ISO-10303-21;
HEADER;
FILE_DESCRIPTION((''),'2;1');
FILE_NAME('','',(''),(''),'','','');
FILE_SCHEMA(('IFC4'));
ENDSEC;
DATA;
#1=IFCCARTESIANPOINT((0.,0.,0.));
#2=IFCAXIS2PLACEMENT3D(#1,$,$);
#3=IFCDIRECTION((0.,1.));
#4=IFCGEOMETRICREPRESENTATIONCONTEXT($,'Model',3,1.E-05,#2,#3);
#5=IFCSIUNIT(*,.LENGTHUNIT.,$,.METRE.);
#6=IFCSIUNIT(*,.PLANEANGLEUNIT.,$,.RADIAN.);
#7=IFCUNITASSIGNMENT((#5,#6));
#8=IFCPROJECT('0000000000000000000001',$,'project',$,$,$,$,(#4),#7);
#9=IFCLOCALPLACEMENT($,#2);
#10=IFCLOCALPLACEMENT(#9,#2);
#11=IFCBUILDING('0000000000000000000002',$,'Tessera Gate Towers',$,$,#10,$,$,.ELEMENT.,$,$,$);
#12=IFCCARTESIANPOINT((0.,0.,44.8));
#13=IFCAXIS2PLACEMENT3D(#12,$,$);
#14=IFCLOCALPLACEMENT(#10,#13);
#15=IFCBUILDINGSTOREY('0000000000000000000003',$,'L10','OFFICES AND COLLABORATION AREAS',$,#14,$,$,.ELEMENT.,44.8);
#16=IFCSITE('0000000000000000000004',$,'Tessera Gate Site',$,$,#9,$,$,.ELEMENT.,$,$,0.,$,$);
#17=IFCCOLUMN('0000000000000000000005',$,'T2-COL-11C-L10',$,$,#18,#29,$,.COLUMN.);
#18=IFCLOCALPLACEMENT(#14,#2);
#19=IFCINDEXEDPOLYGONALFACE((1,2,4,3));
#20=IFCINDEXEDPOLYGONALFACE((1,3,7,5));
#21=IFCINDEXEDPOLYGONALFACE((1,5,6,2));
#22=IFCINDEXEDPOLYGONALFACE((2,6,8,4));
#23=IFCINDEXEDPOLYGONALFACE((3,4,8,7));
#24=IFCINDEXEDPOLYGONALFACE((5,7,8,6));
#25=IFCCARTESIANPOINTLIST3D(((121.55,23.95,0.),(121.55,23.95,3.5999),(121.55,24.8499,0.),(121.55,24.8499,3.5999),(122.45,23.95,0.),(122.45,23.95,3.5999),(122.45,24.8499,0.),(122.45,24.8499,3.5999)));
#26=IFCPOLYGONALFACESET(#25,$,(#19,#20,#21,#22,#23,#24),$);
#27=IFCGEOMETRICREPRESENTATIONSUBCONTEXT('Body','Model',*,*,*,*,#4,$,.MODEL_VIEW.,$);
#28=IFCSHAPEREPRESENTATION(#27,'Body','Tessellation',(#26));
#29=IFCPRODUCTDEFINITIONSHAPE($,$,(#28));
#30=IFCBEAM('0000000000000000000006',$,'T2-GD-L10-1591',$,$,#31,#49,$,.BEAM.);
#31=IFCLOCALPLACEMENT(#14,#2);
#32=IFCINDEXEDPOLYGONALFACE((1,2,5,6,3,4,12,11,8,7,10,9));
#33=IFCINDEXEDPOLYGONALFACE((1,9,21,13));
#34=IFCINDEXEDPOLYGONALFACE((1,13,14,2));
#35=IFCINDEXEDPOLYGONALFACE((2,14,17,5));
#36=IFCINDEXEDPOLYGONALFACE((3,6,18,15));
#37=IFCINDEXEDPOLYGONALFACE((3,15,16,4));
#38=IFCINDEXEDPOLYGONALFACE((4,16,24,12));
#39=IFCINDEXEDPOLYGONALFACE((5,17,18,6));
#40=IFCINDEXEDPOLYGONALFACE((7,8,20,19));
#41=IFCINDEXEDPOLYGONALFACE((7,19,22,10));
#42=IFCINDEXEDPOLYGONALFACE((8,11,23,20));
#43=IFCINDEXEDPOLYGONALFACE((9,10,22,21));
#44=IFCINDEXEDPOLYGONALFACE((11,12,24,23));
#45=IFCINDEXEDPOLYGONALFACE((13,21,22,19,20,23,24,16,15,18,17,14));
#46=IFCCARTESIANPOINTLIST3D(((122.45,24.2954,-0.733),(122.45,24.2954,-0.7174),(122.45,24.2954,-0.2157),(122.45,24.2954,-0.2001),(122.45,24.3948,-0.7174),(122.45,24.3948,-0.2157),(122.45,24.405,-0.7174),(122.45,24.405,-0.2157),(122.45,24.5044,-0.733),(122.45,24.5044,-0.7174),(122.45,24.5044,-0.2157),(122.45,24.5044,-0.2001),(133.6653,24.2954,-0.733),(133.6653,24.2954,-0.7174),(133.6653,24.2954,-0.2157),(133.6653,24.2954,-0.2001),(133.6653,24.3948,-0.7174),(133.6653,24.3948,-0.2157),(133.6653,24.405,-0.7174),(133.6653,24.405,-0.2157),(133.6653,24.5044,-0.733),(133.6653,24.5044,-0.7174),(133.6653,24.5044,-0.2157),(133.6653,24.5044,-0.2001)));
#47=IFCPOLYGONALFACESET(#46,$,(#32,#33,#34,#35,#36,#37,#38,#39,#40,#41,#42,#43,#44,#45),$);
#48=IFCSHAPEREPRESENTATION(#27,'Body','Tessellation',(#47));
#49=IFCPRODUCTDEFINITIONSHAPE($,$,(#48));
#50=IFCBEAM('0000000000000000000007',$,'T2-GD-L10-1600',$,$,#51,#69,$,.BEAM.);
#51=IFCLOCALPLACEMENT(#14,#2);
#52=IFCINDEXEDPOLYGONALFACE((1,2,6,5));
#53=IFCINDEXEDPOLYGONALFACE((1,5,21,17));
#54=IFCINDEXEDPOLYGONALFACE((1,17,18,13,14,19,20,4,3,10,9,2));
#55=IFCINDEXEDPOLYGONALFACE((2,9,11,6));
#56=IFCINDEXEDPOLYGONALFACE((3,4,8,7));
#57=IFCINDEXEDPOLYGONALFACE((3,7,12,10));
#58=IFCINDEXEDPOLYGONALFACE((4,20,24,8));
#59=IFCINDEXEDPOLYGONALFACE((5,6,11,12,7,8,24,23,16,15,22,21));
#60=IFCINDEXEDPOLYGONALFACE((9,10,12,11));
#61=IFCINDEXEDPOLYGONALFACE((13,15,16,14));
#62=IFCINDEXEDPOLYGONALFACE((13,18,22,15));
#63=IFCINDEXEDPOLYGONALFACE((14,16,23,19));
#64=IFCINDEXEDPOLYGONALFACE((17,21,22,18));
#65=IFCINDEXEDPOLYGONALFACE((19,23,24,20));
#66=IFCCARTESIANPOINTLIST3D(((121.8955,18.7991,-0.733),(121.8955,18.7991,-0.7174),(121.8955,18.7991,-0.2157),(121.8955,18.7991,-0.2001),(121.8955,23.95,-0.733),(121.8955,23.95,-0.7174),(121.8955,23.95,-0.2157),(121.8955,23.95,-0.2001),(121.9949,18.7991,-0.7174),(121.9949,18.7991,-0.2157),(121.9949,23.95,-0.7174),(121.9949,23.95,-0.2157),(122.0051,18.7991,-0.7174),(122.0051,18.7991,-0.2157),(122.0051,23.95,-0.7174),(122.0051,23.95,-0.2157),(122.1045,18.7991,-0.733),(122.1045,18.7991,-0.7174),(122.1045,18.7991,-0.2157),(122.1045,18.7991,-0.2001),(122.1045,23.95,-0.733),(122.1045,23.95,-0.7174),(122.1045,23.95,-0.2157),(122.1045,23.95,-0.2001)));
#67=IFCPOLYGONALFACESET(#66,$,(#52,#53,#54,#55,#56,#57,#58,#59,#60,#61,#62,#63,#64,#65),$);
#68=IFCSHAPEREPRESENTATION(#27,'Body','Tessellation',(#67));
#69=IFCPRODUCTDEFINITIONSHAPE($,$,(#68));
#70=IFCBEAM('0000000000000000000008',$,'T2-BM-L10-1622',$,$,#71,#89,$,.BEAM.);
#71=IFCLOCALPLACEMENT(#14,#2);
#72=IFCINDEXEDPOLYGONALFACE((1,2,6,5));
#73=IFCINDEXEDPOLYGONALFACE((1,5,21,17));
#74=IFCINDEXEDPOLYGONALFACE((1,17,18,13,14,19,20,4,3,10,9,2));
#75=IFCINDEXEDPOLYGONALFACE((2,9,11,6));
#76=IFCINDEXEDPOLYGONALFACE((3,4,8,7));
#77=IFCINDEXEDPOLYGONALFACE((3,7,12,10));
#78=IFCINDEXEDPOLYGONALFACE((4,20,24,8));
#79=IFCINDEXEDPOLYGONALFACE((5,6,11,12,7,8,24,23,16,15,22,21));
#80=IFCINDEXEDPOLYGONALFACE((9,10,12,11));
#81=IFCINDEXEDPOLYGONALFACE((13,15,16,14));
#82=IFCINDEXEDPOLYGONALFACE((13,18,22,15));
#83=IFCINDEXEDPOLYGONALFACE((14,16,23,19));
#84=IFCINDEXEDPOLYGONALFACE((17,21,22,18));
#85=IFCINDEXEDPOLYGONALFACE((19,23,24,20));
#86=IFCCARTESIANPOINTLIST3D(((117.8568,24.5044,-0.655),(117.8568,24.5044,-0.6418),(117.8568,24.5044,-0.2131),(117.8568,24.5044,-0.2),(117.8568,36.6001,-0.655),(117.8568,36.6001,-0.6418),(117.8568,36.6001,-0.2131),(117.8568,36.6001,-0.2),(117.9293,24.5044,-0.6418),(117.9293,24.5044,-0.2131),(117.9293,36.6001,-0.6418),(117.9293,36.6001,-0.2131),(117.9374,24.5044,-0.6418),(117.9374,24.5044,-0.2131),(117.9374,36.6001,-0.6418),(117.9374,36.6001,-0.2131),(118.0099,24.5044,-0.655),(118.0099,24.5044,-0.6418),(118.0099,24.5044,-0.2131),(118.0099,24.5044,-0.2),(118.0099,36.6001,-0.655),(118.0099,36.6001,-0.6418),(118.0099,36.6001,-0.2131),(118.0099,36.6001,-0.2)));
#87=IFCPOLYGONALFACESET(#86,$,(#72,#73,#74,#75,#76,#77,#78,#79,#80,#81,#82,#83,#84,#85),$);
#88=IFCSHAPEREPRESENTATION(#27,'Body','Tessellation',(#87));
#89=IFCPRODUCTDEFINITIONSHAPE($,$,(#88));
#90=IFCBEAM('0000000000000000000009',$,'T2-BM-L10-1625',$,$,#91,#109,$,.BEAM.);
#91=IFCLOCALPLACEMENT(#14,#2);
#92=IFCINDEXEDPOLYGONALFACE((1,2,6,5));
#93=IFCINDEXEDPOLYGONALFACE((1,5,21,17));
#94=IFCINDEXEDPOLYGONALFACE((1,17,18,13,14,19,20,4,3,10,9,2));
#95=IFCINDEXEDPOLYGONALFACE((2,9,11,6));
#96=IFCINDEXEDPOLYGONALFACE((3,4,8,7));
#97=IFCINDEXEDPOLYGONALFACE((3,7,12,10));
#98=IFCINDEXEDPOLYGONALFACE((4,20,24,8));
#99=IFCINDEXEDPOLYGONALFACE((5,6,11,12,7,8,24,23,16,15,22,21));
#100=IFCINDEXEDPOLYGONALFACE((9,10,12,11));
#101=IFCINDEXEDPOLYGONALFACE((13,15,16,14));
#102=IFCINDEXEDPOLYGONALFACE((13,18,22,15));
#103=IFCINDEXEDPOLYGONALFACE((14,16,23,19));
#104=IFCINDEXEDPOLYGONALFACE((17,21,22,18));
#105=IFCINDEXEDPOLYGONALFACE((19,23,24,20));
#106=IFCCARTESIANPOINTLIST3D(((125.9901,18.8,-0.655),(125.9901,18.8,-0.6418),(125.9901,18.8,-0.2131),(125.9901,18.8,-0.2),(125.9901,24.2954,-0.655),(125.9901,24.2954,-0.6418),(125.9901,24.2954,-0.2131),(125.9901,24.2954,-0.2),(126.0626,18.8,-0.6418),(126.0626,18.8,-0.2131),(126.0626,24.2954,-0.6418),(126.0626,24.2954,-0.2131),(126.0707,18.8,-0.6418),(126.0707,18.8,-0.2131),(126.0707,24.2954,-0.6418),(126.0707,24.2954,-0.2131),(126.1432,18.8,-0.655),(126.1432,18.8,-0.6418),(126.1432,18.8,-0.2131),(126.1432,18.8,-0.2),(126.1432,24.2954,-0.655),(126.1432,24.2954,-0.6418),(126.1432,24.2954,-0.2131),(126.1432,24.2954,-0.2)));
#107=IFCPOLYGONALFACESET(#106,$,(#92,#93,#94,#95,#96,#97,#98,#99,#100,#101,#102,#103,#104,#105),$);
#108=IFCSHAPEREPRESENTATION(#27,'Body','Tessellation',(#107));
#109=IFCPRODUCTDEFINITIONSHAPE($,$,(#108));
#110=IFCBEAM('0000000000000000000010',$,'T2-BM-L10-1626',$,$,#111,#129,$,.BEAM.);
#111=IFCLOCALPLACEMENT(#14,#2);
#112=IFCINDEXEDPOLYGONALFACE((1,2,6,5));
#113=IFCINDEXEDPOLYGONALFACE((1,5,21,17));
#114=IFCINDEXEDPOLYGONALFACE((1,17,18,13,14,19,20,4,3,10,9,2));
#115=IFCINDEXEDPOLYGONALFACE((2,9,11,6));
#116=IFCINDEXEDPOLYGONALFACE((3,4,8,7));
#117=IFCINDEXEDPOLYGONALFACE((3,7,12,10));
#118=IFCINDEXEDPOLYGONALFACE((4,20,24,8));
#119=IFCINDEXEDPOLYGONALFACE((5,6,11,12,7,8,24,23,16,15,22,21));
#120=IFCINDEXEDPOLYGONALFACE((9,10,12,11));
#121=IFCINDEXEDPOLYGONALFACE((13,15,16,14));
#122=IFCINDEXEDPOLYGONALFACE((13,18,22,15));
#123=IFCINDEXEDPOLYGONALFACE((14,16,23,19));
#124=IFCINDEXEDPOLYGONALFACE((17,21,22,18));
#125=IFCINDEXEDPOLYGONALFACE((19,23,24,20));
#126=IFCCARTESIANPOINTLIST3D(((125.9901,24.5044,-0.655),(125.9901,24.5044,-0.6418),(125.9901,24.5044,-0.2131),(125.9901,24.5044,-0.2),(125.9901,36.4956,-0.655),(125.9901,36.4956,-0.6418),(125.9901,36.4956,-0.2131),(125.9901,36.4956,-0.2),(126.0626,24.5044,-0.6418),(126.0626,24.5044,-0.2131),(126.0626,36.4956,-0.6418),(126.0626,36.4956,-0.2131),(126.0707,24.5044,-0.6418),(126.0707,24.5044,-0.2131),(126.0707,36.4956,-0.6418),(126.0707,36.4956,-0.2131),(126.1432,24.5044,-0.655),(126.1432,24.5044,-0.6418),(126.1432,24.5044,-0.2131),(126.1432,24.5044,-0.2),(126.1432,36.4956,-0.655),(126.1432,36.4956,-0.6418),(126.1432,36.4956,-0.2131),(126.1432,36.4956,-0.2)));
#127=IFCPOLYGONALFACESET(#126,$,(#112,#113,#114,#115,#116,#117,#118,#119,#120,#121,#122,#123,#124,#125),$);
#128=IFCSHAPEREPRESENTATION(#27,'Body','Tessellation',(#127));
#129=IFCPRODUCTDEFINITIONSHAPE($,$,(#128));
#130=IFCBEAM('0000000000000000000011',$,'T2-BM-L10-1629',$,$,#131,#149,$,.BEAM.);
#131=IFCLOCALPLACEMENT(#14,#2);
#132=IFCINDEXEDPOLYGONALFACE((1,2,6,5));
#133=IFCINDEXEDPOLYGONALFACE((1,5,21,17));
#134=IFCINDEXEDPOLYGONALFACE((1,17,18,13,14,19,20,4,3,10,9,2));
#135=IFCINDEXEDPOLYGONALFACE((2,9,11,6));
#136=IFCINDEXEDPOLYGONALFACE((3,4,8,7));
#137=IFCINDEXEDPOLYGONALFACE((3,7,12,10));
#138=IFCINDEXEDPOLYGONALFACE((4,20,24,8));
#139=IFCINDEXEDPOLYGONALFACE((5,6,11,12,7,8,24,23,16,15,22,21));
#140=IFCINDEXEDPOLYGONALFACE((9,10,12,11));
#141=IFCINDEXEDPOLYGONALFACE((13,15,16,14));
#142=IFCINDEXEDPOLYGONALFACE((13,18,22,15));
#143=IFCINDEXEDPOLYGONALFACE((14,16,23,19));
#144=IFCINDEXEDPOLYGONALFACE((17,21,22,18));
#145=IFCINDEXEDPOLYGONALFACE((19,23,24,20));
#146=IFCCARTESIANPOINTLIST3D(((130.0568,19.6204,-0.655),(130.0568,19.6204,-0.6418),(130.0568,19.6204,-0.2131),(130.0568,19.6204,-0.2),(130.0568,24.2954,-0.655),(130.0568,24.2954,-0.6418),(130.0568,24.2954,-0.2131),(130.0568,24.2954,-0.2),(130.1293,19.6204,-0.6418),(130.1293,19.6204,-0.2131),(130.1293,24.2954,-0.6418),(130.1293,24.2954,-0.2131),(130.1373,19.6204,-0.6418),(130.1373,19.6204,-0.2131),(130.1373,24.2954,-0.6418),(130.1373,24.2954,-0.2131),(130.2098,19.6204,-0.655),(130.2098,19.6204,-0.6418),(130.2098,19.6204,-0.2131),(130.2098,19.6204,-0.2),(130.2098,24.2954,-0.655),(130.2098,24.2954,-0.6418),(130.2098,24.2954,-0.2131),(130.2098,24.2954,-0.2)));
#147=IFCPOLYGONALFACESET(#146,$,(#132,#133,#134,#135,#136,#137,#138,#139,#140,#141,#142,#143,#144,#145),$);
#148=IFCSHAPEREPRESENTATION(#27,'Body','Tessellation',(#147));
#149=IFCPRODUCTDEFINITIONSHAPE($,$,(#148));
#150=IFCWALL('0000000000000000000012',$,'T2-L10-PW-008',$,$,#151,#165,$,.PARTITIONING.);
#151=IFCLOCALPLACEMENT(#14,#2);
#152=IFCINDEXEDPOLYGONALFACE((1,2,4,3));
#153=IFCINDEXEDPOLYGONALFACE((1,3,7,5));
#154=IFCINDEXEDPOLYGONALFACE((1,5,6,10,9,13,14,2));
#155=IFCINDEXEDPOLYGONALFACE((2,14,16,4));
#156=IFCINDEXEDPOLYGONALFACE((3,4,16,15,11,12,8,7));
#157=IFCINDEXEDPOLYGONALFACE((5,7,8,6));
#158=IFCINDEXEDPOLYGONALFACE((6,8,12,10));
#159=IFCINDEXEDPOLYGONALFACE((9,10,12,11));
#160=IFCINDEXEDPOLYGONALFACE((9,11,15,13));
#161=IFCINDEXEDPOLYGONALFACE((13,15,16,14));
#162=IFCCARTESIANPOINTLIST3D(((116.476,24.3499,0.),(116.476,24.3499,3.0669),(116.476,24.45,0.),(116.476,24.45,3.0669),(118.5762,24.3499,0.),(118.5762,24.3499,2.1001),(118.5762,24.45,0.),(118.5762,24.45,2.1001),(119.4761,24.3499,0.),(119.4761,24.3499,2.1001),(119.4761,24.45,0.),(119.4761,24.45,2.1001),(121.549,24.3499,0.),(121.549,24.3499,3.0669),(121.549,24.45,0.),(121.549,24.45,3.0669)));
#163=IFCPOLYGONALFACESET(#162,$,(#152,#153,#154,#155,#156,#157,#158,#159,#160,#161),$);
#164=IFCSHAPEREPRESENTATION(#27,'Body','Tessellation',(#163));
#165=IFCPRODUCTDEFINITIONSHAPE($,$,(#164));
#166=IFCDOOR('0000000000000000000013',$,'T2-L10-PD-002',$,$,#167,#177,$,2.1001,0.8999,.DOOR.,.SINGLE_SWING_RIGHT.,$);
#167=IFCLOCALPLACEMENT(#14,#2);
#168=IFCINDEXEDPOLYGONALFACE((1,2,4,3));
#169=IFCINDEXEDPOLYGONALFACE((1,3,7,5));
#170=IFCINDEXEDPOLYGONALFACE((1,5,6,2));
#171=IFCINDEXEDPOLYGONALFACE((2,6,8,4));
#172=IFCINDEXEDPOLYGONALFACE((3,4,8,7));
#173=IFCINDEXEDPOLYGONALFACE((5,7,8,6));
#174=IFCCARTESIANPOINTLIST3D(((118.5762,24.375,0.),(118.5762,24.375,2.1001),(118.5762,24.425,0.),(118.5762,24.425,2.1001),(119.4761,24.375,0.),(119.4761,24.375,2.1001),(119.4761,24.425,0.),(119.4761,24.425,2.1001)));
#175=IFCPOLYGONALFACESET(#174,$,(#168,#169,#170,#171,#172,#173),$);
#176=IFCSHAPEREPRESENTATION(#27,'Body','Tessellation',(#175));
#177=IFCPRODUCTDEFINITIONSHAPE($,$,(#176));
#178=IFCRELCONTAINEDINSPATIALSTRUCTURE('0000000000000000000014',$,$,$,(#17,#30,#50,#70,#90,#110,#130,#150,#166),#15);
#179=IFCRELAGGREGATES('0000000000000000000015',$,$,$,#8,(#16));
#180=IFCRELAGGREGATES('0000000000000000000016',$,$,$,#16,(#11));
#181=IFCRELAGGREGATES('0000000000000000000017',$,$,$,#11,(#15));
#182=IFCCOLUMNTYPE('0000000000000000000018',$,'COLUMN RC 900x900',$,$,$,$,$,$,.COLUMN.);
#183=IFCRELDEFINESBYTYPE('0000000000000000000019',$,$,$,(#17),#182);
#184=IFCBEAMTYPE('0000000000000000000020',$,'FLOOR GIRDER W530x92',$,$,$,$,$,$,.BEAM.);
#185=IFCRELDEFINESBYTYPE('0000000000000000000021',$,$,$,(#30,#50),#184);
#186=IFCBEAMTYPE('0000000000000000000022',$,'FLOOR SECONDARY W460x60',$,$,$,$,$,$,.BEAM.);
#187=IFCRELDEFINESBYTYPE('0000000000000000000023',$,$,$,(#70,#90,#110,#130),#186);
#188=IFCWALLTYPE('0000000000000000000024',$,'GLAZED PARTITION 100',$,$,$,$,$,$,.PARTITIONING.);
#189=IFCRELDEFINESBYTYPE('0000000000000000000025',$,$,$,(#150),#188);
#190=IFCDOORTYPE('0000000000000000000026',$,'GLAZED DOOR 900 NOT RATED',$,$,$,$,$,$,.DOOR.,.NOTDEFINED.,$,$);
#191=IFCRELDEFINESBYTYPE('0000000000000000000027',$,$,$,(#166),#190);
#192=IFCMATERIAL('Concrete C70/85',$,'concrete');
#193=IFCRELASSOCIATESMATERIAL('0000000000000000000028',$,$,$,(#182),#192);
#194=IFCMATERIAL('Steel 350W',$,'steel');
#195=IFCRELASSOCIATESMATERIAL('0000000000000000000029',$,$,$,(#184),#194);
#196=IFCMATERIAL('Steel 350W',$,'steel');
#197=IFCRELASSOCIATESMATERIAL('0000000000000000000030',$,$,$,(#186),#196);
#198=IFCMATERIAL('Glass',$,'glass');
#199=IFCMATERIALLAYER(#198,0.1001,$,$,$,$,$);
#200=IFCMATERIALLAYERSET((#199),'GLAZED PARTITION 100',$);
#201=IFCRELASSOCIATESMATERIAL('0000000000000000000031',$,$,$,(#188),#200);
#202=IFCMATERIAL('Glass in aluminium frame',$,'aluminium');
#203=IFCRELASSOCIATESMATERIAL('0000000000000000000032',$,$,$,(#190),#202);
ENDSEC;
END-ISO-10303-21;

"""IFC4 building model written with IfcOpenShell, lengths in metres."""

from ifc_helpers import new_model, si_unit, direction, frame, frame_2d, origin, origin_2d, place, context, subcontext, project, spatial, rectangle, i_section, extrude, source, transform, mapped, material, layer, layer_set, material_profile, profile_set, type_object, element, fill, save


model = new_model("IFC4")

# Units and contexts
model_context = context("Model", 3, precision=1e-05, world=origin(), true_north=direction((0.0, 1.0)))
body_context = subcontext(model_context, "Body", "Model", "MODEL_VIEW")
ifc_project = project(units=[si_unit("LENGTHUNIT", "METRE"), si_unit("PLANEANGLEUNIT", "RADIAN")], contexts=[model_context])

# Site, building, storey
site_placement = place(None, origin())
site = spatial("IfcSite", under=ifc_project, at=site_placement, Name="Tessera Gate Site", CompositionType="ELEMENT", RefElevation=0.0)
building_placement = place(site_placement, origin())
building = spatial("IfcBuilding", under=site, at=building_placement, Name="Tessera Gate Towers", CompositionType="ELEMENT")
storey_placement = place(building_placement, frame((0.0, 0.0, 44.8)))
storey = spatial("IfcBuildingStorey", under=building, at=storey_placement, Name="L10", Description="OFFICES AND COLLABORATION AREAS", CompositionType="ELEMENT", Elevation=44.8)

# Column
ifc_material_1 = material(Name="Concrete C70/85", Category="concrete")
ifc_material_profile_1 = material_profile(ifc_material_1, rectangle(XDim=0.8999, YDim=0.8999, at=origin_2d()), Name="RC 900x900")
ifc_profile_set_1 = profile_set([ifc_material_profile_1], Name="Concrete C70/85")
column_type = type_object("IfcColumnType", Name="COLUMN RC 900x900", PredefinedType="COLUMN", material=ifc_profile_set_1)
column_placement = place(storey_placement, frame((122.0, 24.3999, 0.0), z_axis=(0.0, 0.0, 1.0), x_axis=(1.0, 0.0, 0.0)))
element("IfcColumn", 1, at=column_placement, inside=storey, type_object=column_type, Name="T2-COL-11C-L10", PredefinedType="COLUMN", context=body_context, shape_type="SweptSolid", body=[
    extrude(rectangle(XDim=0.8999, YDim=0.8999, at=origin_2d()), origin(), (0.0, 0.0, 1.0), 3.5999),
])

# Beams
ifc_material_2 = material(Name="Steel 350W", Category="steel")
ifc_material_profile_2 = material_profile(ifc_material_2, i_section(OverallWidth=0.209, OverallDepth=0.533, WebThickness=0.0103, FlangeThickness=0.0156, at=origin_2d()), Name="W530x92")
ifc_profile_set_2 = profile_set([ifc_material_profile_2], Name="Steel 350W")
beam_type_1 = type_object("IfcBeamType", Name="FLOOR GIRDER W530x92", PredefinedType="BEAM", material=ifc_profile_set_2)
beam_1_placement = place(storey_placement, frame((122.45, 24.3999, -0.4666), z_axis=(1.0, 0.0, 0.0), x_axis=(0.0, 1.0, 0.0)))
element("IfcBeam", 2, at=beam_1_placement, inside=storey, type_object=beam_type_1, Name="T2-GD-L10-1591", PredefinedType="BEAM", context=body_context, shape_type="SweptSolid", body=[
    extrude(i_section(OverallWidth=0.209, OverallDepth=0.533, WebThickness=0.0103, FlangeThickness=0.0156, at=origin_2d()), origin(), (0.0, 0.0, 1.0), 11.2153),
])
beam_2_placement = place(storey_placement, frame((122.0, 18.7991, -0.4666), z_axis=(0.0, 1.0, 0.0), x_axis=(-1.0, 0.0, 0.0)))
element("IfcBeam", 3, at=beam_2_placement, inside=storey, type_object=beam_type_1, Name="T2-GD-L10-1600", PredefinedType="BEAM", context=body_context, shape_type="SweptSolid", body=[
    extrude(i_section(OverallWidth=0.209, OverallDepth=0.533, WebThickness=0.0103, FlangeThickness=0.0156, at=origin_2d()), origin(), (0.0, 0.0, 1.0), 5.1509),
])
ifc_material_3 = material(Name="Steel 350W", Category="steel")
ifc_material_profile_3 = material_profile(ifc_material_3, i_section(OverallWidth=0.1531, OverallDepth=0.4551, WebThickness=0.0081, FlangeThickness=0.0132, at=origin_2d()), Name="W460x60")
ifc_profile_set_3 = profile_set([ifc_material_profile_3], Name="Steel 350W")
beam_type_2 = type_object("IfcBeamType", Name="FLOOR SECONDARY W460x60", PredefinedType="BEAM", material=ifc_profile_set_3)
beam_3_placement = place(storey_placement, frame((117.9333, 24.5044, -0.4275), z_axis=(0.0, 1.0, 0.0), x_axis=(-1.0, 0.0, 0.0)))
element("IfcBeam", 4, at=beam_3_placement, inside=storey, type_object=beam_type_2, Name="T2-BM-L10-1622", PredefinedType="BEAM", context=body_context, shape_type="SweptSolid", body=[
    extrude(i_section(OverallWidth=0.1531, OverallDepth=0.4551, WebThickness=0.0081, FlangeThickness=0.0132, at=origin_2d()), origin(), (0.0, 0.0, 1.0), 12.0957),
])
beam_4_placement = place(storey_placement, frame((126.0667, 18.8, -0.4275), z_axis=(0.0, 1.0, 0.0), x_axis=(-1.0, 0.0, 0.0)))
element("IfcBeam", 5, at=beam_4_placement, inside=storey, type_object=beam_type_2, Name="T2-BM-L10-1625", PredefinedType="BEAM", context=body_context, shape_type="SweptSolid", body=[
    extrude(i_section(OverallWidth=0.1531, OverallDepth=0.4551, WebThickness=0.0081, FlangeThickness=0.0132, at=origin_2d()), origin(), (0.0, 0.0, 1.0), 5.4954),
])
beam_5_placement = place(storey_placement, frame((126.0667, 24.5044, -0.4275), z_axis=(0.0, 1.0, 0.0), x_axis=(-1.0, 0.0, 0.0)))
element("IfcBeam", 6, at=beam_5_placement, inside=storey, type_object=beam_type_2, Name="T2-BM-L10-1626", PredefinedType="BEAM", context=body_context, shape_type="SweptSolid", body=[
    extrude(i_section(OverallWidth=0.1531, OverallDepth=0.4551, WebThickness=0.0081, FlangeThickness=0.0132, at=origin_2d()), origin(), (0.0, 0.0, 1.0), 11.9912),
])
beam_6_placement = place(storey_placement, frame((130.1333, 19.6204, -0.4275), z_axis=(0.0, 1.0, 0.0), x_axis=(-1.0, 0.0, 0.0)))
element("IfcBeam", 7, at=beam_6_placement, inside=storey, type_object=beam_type_2, Name="T2-BM-L10-1629", PredefinedType="BEAM", context=body_context, shape_type="SweptSolid", body=[
    extrude(i_section(OverallWidth=0.1531, OverallDepth=0.4551, WebThickness=0.0081, FlangeThickness=0.0132, at=origin_2d()), origin(), (0.0, 0.0, 1.0), 4.675),
])

# Wall, opening, door
ifc_material_4 = material(Name="Glass", Category="glass")
ifc_layer_1 = layer(ifc_material_4, 0.1001)
ifc_layer_set_1 = layer_set([ifc_layer_1], Name="GLAZED PARTITION 100")
wall_type_1 = type_object("IfcWallType", Name="GLAZED PARTITION 100", PredefinedType="PARTITIONING", material=ifc_layer_set_1)
wall_1_placement = place(storey_placement, frame((121.5491, 24.3999, 0.0), z_axis=(0.0, 0.0, 1.0), x_axis=(-1.0, 0.0, 0.0)))
wall_1 = element("IfcWall", 8, at=wall_1_placement, inside=storey, type_object=wall_type_1, Name="T2-L10-PW-008", PredefinedType="PARTITIONING", context=body_context, shape_type="SweptSolid", body=[
    extrude(rectangle(XDim=5.073, YDim=0.1001, at=frame_2d((2.5366, 0.0))), origin(), (0.0, 0.0, 1.0), 3.0669),
])
shared_shape_1 = source(origin(), body_context, "Body", "SweptSolid", [
    extrude(rectangle(XDim=0.8999, YDim=2.1001, at=frame_2d((0.45, 1.05))), frame((0.0, 0.0601, 0.0), z_axis=(0.0, -1.0, 0.0), x_axis=(1.0, 0.0, 0.0)), (0.0, 0.0, 1.0), 0.1201),
])
opening_1_placement = place(wall_1_placement, frame((2.073, 0.0, 0.0)))
opening_1 = element("IfcOpeningElement", 9, at=opening_1_placement, cuts=wall_1, PredefinedType="OPENING", context=body_context, shape_type="MappedRepresentation", body=[
    mapped(shared_shape_1, transform((0.0, 0.0, 0.0), scale=1.0)),
])
ifc_material_5 = material(Name="Glass in aluminium frame", Category="aluminium")
door_type_1 = type_object("IfcDoorType", Name="GLAZED DOOR 900 NOT RATED", OperationType="NOTDEFINED", PredefinedType="DOOR", material=ifc_material_5)
shared_shape_2 = source(origin(), body_context, "Body", "SweptSolid", [
    extrude(rectangle(XDim=0.8999, YDim=2.1001, at=frame_2d((0.45, 1.05))), frame((0.0, 0.0249, 0.0), z_axis=(0.0, -1.0, 0.0), x_axis=(1.0, 0.0, 0.0)), (0.0, 0.0, 1.0), 0.05),
])
door_1_placement = place(opening_1_placement, origin())
door_1 = element("IfcDoor", 10, at=door_1_placement, inside=storey, type_object=door_type_1, Name="T2-L10-PD-002", OperationType="SINGLE_SWING_RIGHT", OverallHeight=2.1001, OverallWidth=0.8999, PredefinedType="DOOR", context=body_context, shape_type="MappedRepresentation", body=[
    mapped(shared_shape_2, transform((0.0, 0.0, 0.0), scale=1.0)),
])
fill(opening_1, door_1)

save(model, "model.ifc")
